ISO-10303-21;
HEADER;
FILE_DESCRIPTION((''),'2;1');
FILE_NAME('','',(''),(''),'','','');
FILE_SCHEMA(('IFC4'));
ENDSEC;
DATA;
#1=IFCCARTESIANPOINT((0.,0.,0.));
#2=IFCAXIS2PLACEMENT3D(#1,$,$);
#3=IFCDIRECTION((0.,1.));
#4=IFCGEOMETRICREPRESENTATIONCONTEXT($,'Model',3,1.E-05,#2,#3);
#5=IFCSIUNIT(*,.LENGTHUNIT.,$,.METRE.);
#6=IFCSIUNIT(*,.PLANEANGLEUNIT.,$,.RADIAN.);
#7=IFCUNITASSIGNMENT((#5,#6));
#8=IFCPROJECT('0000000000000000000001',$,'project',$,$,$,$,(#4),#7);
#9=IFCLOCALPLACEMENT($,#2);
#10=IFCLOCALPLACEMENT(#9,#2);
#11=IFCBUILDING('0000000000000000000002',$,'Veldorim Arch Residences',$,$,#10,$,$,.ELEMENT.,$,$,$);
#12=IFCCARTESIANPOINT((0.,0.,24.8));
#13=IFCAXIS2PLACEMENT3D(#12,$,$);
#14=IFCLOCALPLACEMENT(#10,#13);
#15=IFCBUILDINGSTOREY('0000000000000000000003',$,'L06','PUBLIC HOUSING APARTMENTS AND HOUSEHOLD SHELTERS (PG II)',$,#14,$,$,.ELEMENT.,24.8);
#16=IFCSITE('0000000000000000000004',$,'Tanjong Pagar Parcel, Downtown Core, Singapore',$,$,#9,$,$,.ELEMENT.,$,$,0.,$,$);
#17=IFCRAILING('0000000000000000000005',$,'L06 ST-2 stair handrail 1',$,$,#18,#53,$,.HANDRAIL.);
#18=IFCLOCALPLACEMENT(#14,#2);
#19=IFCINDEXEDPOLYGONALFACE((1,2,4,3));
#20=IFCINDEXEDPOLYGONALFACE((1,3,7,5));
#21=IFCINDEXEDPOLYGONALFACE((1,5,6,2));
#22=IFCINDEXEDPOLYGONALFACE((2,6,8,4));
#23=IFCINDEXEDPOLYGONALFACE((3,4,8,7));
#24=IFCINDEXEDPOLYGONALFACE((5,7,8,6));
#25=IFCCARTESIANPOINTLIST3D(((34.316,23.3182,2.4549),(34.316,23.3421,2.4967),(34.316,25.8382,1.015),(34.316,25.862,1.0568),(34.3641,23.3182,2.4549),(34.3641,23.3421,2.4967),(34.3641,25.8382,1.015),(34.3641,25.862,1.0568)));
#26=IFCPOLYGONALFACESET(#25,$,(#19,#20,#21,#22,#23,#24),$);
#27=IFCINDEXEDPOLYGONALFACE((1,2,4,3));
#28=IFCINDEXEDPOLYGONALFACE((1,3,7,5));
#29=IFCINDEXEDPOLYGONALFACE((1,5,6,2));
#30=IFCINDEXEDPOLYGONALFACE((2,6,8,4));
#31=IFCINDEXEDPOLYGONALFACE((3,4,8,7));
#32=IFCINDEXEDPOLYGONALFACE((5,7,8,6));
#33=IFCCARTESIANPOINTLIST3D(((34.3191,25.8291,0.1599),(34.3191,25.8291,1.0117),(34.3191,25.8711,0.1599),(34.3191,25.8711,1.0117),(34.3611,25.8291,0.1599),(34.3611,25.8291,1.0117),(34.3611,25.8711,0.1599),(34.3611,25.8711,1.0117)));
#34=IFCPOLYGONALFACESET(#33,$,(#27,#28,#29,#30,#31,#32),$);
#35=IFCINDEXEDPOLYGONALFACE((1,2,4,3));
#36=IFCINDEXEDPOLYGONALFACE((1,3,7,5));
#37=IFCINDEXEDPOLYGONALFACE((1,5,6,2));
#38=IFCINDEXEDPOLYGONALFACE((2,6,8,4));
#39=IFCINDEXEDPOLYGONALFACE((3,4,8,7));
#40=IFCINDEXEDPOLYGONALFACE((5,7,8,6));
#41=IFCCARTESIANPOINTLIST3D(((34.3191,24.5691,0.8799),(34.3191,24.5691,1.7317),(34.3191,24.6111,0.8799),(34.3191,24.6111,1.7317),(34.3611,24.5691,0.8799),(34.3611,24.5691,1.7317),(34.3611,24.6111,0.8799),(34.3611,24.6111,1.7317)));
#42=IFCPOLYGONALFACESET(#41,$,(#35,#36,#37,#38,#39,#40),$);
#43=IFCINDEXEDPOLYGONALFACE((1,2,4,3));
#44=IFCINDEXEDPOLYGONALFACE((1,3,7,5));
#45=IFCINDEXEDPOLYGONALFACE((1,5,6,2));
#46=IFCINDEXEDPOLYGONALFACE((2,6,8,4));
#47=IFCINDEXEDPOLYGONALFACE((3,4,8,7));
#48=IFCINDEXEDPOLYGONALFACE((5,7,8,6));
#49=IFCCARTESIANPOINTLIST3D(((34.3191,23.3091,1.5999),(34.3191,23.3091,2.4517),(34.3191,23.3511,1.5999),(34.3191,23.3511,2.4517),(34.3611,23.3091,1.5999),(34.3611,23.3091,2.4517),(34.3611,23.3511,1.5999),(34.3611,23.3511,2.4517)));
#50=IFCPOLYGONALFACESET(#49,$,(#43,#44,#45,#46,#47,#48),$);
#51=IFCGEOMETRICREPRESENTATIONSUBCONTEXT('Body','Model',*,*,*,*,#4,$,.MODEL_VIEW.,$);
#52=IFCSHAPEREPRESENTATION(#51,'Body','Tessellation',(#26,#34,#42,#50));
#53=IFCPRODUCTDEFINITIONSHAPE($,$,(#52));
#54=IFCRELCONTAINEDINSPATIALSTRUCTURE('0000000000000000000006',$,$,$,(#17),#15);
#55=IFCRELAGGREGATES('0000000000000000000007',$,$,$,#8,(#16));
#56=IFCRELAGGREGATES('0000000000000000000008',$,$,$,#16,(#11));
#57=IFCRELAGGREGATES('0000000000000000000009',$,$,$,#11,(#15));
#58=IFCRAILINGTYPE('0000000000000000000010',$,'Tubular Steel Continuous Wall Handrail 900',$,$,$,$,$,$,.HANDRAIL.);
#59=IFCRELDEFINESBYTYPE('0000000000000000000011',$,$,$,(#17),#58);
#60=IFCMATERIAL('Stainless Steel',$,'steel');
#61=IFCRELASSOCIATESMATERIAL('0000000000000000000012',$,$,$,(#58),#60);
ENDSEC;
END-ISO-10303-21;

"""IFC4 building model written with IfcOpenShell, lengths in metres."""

from ifc_helpers import new_model, si_unit, direction, frame, origin, origin_2d, place, context, subcontext, project, spatial, rectangle, extrude, material, type_object, element, save


model = new_model("IFC4")

# Units and contexts
model_context = context("Model", 3, precision=1e-05, world=origin(), true_north=direction((0.0, 1.0)))
body_context = subcontext(model_context, "Body", "Model", "MODEL_VIEW")
ifc_project = project(units=[si_unit("LENGTHUNIT", "METRE"), si_unit("PLANEANGLEUNIT", "RADIAN")], contexts=[model_context])

# Site, building, storey
site_placement = place(None, origin())
site = spatial("IfcSite", under=ifc_project, at=site_placement, Name="Tanjong Pagar Parcel, Downtown Core, Singapore", CompositionType="ELEMENT", RefElevation=0.0)
building_placement = place(site_placement, origin())
building = spatial("IfcBuilding", under=site, at=building_placement, Name="Veldorim Arch Residences", CompositionType="ELEMENT")
storey_placement = place(building_placement, frame((0.0, 0.0, 24.8)))
storey = spatial("IfcBuildingStorey", under=building, at=storey_placement, Name="L06", Description="PUBLIC HOUSING APARTMENTS AND HOUSEHOLD SHELTERS (PG II)", CompositionType="ELEMENT", Elevation=24.8)

# Railing
ifc_material_1 = material(Name="Stainless Steel", Category="steel")
railing_type_1 = type_object("IfcRailingType", Name="Tubular Steel Continuous Wall Handrail 900", PredefinedType="HANDRAIL", material=ifc_material_1)
railing_1_placement = place(storey_placement, frame((34.3401, 25.8501, 0.1599)))
element("IfcRailing", 1, at=railing_1_placement, inside=storey, type_object=railing_type_1, Name="L06 ST-2 stair handrail 1", PredefinedType="HANDRAIL", context=body_context, shape_type="SweptSolid", body=[
    extrude(rectangle(XDim=0.0481, YDim=0.0481, at=origin_2d()), frame((0.0, 0.0, 0.876), z_axis=(0.0, -0.868253, 0.496121), x_axis=(1.0, 0.0, 0.0)), (0.0, 0.0, 1.0), 2.9023),
    extrude(rectangle(XDim=0.042, YDim=0.042, at=origin_2d()), origin(), (0.0, 0.0, 1.0), 0.8518),
    extrude(rectangle(XDim=0.042, YDim=0.042, at=origin_2d()), frame((0.0, -1.26, 0.72)), (0.0, 0.0, 1.0), 0.8518),
    extrude(rectangle(XDim=0.042, YDim=0.042, at=origin_2d()), frame((0.0, -2.52, 1.4399)), (0.0, 0.0, 1.0), 0.8518),
])

save(model, "model.ifc")
